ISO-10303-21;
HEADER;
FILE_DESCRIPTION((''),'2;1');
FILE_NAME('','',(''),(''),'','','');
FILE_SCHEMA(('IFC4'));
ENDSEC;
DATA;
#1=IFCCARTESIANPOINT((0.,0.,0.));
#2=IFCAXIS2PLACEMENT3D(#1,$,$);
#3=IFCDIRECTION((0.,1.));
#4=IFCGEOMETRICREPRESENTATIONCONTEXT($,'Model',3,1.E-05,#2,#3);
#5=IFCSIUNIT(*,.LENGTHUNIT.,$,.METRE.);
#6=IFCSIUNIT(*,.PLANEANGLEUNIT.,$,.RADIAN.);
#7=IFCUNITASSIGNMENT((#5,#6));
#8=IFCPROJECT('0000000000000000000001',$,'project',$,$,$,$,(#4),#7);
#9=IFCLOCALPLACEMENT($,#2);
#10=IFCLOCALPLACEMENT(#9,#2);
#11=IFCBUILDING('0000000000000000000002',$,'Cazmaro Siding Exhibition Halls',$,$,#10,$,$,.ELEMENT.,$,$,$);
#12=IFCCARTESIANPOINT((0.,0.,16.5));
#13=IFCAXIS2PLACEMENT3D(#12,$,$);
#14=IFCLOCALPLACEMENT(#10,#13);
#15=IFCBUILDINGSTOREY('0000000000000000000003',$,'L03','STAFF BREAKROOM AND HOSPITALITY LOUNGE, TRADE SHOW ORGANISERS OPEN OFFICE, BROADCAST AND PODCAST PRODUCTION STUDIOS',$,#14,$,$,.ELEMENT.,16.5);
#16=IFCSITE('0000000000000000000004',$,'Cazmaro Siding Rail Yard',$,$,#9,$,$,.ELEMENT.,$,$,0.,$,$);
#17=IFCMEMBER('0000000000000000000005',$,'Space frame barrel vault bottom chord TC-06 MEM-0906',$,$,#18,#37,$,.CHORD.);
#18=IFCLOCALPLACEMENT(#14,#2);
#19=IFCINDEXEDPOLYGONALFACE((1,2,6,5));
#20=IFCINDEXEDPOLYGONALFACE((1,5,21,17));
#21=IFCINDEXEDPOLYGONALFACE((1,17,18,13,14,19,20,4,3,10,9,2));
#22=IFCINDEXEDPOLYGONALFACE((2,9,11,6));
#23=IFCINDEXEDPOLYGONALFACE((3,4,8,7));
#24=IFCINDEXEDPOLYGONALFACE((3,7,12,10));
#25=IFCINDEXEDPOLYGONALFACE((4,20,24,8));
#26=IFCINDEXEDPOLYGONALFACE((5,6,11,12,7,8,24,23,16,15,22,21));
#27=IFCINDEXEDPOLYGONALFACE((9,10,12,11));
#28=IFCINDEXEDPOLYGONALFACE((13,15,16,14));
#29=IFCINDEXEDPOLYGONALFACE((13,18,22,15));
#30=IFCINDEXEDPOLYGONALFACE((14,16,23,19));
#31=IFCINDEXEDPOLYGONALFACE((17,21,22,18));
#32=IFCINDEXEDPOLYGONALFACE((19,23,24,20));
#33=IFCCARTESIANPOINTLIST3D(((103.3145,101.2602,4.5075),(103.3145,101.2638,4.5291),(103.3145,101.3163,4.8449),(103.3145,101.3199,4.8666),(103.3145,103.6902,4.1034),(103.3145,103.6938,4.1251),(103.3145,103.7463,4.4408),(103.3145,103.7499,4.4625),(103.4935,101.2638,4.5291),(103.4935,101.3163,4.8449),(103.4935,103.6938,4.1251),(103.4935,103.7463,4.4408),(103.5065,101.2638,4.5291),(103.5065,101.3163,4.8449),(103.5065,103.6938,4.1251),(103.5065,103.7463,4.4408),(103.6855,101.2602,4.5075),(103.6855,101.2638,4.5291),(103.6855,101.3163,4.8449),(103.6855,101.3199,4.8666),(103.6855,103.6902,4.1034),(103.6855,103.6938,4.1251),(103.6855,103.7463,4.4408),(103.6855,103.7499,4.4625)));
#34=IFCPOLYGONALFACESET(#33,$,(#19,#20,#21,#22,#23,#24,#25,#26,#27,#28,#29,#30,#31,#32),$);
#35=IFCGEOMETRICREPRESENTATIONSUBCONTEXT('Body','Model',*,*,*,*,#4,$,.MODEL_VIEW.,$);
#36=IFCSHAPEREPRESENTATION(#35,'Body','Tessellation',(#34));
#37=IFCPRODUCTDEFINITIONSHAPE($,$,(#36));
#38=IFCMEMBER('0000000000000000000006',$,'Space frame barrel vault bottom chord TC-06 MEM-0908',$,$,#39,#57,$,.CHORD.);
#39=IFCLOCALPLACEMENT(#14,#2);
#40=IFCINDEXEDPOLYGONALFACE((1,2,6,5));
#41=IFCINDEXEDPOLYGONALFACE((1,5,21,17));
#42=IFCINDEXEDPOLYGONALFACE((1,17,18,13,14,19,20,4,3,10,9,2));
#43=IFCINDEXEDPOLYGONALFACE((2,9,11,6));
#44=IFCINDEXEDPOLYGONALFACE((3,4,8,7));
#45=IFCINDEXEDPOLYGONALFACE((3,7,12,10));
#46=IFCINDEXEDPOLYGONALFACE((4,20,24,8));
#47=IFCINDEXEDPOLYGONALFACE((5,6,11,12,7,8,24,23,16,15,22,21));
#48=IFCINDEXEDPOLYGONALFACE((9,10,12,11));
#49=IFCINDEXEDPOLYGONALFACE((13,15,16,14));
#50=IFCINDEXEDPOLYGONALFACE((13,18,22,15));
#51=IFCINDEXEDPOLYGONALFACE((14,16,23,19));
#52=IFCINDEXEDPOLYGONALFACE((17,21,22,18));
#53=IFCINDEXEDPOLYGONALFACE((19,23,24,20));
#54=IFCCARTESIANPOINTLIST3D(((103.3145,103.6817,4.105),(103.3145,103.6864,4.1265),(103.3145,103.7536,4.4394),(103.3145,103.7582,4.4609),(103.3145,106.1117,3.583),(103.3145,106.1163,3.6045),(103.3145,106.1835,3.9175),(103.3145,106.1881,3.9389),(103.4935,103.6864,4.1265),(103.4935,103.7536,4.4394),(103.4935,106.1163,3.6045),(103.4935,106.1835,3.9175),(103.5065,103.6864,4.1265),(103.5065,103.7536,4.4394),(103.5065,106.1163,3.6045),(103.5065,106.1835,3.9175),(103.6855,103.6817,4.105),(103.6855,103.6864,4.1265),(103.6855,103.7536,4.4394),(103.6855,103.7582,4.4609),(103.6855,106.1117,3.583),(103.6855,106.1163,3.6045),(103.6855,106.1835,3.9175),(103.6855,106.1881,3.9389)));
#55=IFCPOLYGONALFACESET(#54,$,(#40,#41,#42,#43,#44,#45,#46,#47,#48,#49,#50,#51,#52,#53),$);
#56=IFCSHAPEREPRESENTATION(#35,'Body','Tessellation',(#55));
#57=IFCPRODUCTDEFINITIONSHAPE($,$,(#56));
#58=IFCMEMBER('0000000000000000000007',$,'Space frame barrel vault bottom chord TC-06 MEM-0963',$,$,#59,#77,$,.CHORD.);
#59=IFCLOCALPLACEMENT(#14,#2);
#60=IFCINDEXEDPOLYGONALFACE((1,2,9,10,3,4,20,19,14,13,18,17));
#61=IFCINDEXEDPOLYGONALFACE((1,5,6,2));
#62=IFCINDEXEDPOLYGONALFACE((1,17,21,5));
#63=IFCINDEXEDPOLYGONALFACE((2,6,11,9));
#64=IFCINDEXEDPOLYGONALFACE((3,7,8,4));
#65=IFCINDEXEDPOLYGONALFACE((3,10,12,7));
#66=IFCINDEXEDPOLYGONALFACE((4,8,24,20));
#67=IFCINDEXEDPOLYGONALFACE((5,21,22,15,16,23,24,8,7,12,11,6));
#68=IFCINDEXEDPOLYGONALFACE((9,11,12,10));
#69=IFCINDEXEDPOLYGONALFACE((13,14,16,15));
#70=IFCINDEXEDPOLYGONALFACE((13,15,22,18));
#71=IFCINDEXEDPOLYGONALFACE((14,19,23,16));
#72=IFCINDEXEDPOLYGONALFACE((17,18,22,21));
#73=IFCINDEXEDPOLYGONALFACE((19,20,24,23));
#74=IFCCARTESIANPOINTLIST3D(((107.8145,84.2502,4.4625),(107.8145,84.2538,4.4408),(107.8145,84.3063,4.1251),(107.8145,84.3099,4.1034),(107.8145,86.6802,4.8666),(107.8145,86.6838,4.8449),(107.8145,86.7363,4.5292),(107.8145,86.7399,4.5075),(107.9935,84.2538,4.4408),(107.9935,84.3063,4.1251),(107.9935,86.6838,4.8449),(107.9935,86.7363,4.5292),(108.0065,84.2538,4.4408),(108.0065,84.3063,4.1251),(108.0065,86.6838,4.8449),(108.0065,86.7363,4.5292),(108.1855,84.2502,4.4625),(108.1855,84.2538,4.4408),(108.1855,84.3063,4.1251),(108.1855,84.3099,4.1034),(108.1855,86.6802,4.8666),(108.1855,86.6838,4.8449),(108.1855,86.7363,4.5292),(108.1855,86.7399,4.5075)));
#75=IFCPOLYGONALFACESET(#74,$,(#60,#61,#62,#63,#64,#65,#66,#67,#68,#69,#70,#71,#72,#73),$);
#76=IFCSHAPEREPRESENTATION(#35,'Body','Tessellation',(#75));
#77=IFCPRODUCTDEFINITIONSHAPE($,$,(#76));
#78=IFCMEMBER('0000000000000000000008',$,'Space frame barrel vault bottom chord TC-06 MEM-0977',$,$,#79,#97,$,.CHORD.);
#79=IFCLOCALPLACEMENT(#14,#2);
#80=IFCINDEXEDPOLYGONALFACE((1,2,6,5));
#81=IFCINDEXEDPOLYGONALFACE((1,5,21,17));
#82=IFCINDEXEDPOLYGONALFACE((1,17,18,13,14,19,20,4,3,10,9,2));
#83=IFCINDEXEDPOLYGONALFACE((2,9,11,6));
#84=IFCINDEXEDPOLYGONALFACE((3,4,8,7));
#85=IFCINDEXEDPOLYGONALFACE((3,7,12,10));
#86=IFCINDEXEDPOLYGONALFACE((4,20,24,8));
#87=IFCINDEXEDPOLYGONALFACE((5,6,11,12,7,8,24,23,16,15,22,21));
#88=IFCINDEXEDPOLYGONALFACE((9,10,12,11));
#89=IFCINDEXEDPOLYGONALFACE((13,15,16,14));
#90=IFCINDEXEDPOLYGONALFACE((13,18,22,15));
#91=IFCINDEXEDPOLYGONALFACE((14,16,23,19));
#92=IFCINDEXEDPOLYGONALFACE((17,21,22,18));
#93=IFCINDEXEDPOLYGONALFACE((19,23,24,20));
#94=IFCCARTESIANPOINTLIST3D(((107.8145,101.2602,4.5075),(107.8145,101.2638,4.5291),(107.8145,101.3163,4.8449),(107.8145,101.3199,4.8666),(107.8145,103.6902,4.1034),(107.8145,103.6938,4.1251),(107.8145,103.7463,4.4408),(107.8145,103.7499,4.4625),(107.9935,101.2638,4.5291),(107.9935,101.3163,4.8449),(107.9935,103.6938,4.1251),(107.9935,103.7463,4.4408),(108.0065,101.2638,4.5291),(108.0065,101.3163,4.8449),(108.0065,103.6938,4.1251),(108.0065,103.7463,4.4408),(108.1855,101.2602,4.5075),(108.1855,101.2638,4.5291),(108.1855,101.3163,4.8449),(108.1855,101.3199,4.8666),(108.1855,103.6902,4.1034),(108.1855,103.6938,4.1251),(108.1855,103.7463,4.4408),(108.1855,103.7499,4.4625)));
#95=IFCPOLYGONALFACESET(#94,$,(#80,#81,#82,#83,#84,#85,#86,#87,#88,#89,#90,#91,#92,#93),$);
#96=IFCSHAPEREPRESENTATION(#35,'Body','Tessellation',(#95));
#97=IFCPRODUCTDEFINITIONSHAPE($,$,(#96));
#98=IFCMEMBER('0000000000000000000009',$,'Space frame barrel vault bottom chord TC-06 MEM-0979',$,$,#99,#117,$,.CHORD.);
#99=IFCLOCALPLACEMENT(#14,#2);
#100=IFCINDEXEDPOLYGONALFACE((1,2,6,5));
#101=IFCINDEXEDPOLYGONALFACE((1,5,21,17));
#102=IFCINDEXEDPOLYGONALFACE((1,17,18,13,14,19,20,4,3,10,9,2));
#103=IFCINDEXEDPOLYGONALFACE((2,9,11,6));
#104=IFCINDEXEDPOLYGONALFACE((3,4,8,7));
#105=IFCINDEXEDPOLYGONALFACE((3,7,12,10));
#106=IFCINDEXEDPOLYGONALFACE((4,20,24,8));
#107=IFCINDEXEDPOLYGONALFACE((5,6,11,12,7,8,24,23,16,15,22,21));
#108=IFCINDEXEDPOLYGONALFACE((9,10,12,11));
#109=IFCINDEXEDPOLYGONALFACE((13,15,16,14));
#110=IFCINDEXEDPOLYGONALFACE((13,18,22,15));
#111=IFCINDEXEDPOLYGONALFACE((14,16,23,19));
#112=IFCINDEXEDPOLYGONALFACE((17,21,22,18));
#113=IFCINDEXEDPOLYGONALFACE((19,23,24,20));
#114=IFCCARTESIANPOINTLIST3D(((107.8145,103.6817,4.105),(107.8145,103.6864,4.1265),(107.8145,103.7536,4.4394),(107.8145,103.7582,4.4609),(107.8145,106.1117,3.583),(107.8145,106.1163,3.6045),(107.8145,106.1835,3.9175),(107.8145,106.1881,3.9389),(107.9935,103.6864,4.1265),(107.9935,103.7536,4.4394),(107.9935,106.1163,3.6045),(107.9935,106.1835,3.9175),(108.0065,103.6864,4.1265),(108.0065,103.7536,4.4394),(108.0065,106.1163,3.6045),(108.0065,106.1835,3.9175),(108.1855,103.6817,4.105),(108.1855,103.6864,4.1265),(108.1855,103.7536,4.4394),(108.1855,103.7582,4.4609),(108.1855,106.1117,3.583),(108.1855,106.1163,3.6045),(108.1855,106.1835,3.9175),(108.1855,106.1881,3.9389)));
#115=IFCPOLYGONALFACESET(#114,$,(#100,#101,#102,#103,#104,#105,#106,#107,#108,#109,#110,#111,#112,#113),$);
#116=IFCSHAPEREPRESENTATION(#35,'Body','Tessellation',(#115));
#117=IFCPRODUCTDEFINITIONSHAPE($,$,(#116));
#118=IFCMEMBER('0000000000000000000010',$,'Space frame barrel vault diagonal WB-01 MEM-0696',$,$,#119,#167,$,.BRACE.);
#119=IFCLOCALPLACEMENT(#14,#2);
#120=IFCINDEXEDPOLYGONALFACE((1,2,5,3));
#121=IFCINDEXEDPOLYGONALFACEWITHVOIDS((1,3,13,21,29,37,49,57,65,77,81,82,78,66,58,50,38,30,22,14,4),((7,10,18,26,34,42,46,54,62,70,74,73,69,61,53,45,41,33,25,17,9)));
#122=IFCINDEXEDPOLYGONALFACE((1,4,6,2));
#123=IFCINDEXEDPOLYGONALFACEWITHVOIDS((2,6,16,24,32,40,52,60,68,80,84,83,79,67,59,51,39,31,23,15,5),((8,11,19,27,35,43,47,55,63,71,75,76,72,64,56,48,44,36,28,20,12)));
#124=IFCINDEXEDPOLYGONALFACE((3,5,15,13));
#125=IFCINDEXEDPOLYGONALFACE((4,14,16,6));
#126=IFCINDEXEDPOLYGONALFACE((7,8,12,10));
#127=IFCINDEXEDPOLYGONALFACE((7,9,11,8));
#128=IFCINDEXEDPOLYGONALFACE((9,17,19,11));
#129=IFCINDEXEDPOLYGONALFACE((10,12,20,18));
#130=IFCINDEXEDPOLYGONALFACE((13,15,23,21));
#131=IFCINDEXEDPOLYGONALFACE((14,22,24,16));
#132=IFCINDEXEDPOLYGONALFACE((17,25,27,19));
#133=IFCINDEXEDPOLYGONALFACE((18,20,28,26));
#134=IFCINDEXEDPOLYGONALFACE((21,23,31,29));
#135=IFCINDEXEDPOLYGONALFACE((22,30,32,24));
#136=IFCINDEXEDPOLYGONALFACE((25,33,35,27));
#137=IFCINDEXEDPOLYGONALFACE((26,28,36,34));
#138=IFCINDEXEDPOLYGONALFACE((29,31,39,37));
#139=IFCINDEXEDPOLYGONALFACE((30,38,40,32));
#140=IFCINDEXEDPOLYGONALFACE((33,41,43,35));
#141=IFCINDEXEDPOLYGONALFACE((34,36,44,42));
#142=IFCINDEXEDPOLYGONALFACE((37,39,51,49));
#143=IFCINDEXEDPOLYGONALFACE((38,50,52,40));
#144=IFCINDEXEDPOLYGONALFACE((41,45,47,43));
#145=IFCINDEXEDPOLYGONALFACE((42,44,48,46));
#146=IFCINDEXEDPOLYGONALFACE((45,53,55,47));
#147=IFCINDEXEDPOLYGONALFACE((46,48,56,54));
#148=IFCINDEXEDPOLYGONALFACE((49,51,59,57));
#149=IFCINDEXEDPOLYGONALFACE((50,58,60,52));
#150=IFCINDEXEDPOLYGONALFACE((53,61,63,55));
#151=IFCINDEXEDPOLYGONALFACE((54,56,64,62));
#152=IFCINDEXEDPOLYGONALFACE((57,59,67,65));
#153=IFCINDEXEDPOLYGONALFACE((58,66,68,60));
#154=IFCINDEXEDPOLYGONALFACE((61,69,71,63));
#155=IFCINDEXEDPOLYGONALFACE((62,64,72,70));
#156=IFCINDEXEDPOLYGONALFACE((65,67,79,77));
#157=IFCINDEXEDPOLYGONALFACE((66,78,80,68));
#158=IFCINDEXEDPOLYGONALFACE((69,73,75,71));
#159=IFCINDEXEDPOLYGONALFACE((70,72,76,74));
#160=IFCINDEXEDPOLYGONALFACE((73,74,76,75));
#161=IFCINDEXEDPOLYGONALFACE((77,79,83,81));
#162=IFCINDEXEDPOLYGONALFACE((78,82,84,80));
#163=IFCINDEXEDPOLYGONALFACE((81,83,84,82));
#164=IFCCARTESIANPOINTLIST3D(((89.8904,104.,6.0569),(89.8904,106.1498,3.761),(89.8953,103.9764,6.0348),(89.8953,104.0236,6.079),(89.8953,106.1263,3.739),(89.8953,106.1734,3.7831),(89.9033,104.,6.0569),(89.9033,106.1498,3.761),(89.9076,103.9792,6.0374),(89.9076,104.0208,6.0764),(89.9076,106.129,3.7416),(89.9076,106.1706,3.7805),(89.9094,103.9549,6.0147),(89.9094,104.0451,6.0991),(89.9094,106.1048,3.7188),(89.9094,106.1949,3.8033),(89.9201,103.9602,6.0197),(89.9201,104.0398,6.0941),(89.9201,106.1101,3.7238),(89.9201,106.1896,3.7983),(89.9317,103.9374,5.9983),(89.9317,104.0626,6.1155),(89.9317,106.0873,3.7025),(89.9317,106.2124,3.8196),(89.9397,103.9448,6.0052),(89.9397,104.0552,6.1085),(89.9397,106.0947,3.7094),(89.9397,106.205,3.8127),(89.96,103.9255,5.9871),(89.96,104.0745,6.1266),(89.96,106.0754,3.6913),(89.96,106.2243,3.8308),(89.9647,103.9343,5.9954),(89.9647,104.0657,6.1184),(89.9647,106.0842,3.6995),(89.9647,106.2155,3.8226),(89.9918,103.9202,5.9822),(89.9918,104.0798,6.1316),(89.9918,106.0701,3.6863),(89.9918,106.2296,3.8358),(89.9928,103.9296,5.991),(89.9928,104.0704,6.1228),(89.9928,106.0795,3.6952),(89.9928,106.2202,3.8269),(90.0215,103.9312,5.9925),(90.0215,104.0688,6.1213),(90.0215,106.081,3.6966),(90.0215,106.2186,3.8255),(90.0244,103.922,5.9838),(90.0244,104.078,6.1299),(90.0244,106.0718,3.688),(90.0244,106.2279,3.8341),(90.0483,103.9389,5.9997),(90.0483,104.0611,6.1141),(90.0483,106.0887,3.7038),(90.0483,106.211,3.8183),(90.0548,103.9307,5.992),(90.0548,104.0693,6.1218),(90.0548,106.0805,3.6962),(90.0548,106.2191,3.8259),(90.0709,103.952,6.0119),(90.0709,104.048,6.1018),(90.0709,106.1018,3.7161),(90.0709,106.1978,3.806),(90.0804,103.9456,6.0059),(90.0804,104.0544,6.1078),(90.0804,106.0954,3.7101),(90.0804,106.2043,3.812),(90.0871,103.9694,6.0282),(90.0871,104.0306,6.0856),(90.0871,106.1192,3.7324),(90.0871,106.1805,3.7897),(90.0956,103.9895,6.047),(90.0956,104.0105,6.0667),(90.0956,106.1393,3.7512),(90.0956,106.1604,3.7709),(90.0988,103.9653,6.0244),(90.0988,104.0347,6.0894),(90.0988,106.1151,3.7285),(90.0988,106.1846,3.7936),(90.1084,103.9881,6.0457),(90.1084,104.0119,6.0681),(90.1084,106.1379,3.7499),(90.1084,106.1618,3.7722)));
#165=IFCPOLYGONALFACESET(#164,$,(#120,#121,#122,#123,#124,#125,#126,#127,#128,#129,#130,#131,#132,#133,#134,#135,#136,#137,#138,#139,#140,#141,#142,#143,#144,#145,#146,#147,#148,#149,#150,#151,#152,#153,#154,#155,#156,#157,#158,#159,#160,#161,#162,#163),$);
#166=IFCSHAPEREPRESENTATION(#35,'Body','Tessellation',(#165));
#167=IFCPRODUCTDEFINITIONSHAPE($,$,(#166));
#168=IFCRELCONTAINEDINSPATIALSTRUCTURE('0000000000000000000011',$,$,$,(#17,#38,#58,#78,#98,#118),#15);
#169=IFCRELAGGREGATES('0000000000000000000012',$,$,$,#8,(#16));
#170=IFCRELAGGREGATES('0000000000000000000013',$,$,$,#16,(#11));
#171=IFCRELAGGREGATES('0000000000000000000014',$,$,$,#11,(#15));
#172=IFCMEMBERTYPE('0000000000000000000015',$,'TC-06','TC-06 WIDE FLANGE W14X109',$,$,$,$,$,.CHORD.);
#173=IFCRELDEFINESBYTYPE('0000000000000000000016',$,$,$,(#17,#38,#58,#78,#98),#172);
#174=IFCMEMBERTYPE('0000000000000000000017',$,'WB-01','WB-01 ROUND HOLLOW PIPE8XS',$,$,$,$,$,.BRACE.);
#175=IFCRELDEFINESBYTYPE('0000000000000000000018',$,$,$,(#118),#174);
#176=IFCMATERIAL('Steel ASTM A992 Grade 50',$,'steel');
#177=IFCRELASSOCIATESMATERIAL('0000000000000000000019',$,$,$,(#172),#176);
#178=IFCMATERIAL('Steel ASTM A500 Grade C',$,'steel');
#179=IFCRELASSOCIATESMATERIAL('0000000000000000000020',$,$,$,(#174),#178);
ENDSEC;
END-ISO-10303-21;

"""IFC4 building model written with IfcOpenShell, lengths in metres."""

from ifc_helpers import new_model, si_unit, direction, frame, origin, origin_2d, place, context, subcontext, project, spatial, hollow_circle, i_section, extrude, material, material_profile, profile_set, type_object, element, save


model = new_model("IFC4")

# Units and contexts
model_context = context("Model", 3, precision=1e-05, world=origin(), true_north=direction((0.0, 1.0)))
body_context = subcontext(model_context, "Body", "Model", "MODEL_VIEW")
ifc_project = project(units=[si_unit("LENGTHUNIT", "METRE"), si_unit("PLANEANGLEUNIT", "RADIAN")], contexts=[model_context])

# Site, building, storey
site_placement = place(None, origin())
site = spatial("IfcSite", under=ifc_project, at=site_placement, Name="Cazmaro Siding Rail Yard", CompositionType="ELEMENT", RefElevation=0.0)
building_placement = place(site_placement, origin())
building = spatial("IfcBuilding", under=site, at=building_placement, Name="Cazmaro Siding Exhibition Halls", CompositionType="ELEMENT")
storey_placement = place(building_placement, frame((0.0, 0.0, 16.5)))
storey = spatial("IfcBuildingStorey", under=building, at=storey_placement, Name="L03", Description="STAFF BREAKROOM AND HOSPITALITY LOUNGE, TRADE SHOW ORGANISERS OPEN OFFICE, BROADCAST AND PODCAST PRODUCTION STUDIOS", CompositionType="ELEMENT", Elevation=16.5)

# Members
ifc_material_1 = material(Name="Steel ASTM A992 Grade 50", Category="steel")
ifc_material_profile_1 = material_profile(ifc_material_1, i_section(OverallWidth=0.3711, OverallDepth=0.364, WebThickness=0.0129, FlangeThickness=0.022, at=origin_2d()), Name="W14X109")
ifc_profile_set_1 = profile_set([ifc_material_profile_1], Name="Steel ASTM A992 Grade 50")
member_type_1 = type_object("IfcMemberType", Name="TC-06", Description="TC-06 WIDE FLANGE W14X109", PredefinedType="CHORD", material=ifc_profile_set_1)
for number, where, z_axis, x_axis, name in (
    (1, (103.5, 101.29, 4.687), (0.0, 0.986455, -0.164029), (-1.0, 0.0, 0.0), "Space frame barrel vault bottom chord TC-06 MEM-0906"),
):
    element("IfcMember", number, at=place(storey_placement, frame(where, z_axis=z_axis, x_axis=x_axis)), inside=storey, type_object=member_type_1, Name=name, PredefinedType="CHORD", context=body_context, shape_type="SweptSolid", body=[
        extrude(i_section(OverallWidth=0.3711, OverallDepth=0.364, WebThickness=0.0129, FlangeThickness=0.022, at=origin_2d()), origin(), (0.0, 0.0, 1.0), 2.4634),
    ])
member_1_placement = place(storey_placement, frame((103.5, 103.72, 4.283), z_axis=(0.0, 0.977697, -0.210019), x_axis=(-1.0, 0.0, 0.0)))
element("IfcMember", 2, at=member_1_placement, inside=storey, type_object=member_type_1, Name="Space frame barrel vault bottom chord TC-06 MEM-0908", PredefinedType="CHORD", context=body_context, shape_type="SweptSolid", body=[
    extrude(i_section(OverallWidth=0.3711, OverallDepth=0.364, WebThickness=0.0129, FlangeThickness=0.022, at=origin_2d()), origin(), (0.0, 0.0, 1.0), 2.4854),
])
for number, where, z_axis, x_axis, name in (
    (3, (108.0, 84.28, 4.283), (0.0, 0.986455, 0.164029), (-1.0, 0.0, 0.0), "Space frame barrel vault bottom chord TC-06 MEM-0963"),
    (4, (108.0, 101.29, 4.687), (0.0, 0.986455, -0.164029), (-1.0, 0.0, 0.0), "Space frame barrel vault bottom chord TC-06 MEM-0977"),
):
    element("IfcMember", number, at=place(storey_placement, frame(where, z_axis=z_axis, x_axis=x_axis)), inside=storey, type_object=member_type_1, Name=name, PredefinedType="CHORD", context=body_context, shape_type="SweptSolid", body=[
        extrude(i_section(OverallWidth=0.3711, OverallDepth=0.364, WebThickness=0.0129, FlangeThickness=0.022, at=origin_2d()), origin(), (0.0, 0.0, 1.0), 2.4634),
    ])
member_2_placement = place(storey_placement, frame((108.0, 103.72, 4.283), z_axis=(0.0, 0.977697, -0.210019), x_axis=(-1.0, 0.0, 0.0)))
element("IfcMember", 5, at=member_2_placement, inside=storey, type_object=member_type_1, Name="Space frame barrel vault bottom chord TC-06 MEM-0979", PredefinedType="CHORD", context=body_context, shape_type="SweptSolid", body=[
    extrude(i_section(OverallWidth=0.3711, OverallDepth=0.364, WebThickness=0.0129, FlangeThickness=0.022, at=origin_2d()), origin(), (0.0, 0.0, 1.0), 2.4854),
])
ifc_material_2 = material(Name="Steel ASTM A500 Grade C", Category="steel")
ifc_material_profile_2 = material_profile(ifc_material_2, hollow_circle(Radius=0.1096, WallThickness=0.0129, at=origin_2d()), Name="PIPE8XS")
ifc_profile_set_2 = profile_set([ifc_material_profile_2], Name="Steel ASTM A500 Grade C")
member_type_2 = type_object("IfcMemberType", Name="WB-01", Description="WB-01 ROUND HOLLOW PIPE8XS", PredefinedType="BRACE", material=ifc_profile_set_2)
member_3_placement = place(storey_placement, frame((90.0, 104.0, 6.0569), z_axis=(0.0, 0.683518, -0.729934), x_axis=(-1.0, 0.0, 0.0)))
element("IfcMember", 6, at=member_3_placement, inside=storey, type_object=member_type_2, Name="Space frame barrel vault diagonal WB-01 MEM-0696", PredefinedType="BRACE", context=body_context, shape_type="SweptSolid", body=[
    extrude(hollow_circle(Radius=0.1096, WallThickness=0.0129, at=origin_2d()), origin(), (0.0, 0.0, 1.0), 3.1453),
])

save(model, "model.ifc")
